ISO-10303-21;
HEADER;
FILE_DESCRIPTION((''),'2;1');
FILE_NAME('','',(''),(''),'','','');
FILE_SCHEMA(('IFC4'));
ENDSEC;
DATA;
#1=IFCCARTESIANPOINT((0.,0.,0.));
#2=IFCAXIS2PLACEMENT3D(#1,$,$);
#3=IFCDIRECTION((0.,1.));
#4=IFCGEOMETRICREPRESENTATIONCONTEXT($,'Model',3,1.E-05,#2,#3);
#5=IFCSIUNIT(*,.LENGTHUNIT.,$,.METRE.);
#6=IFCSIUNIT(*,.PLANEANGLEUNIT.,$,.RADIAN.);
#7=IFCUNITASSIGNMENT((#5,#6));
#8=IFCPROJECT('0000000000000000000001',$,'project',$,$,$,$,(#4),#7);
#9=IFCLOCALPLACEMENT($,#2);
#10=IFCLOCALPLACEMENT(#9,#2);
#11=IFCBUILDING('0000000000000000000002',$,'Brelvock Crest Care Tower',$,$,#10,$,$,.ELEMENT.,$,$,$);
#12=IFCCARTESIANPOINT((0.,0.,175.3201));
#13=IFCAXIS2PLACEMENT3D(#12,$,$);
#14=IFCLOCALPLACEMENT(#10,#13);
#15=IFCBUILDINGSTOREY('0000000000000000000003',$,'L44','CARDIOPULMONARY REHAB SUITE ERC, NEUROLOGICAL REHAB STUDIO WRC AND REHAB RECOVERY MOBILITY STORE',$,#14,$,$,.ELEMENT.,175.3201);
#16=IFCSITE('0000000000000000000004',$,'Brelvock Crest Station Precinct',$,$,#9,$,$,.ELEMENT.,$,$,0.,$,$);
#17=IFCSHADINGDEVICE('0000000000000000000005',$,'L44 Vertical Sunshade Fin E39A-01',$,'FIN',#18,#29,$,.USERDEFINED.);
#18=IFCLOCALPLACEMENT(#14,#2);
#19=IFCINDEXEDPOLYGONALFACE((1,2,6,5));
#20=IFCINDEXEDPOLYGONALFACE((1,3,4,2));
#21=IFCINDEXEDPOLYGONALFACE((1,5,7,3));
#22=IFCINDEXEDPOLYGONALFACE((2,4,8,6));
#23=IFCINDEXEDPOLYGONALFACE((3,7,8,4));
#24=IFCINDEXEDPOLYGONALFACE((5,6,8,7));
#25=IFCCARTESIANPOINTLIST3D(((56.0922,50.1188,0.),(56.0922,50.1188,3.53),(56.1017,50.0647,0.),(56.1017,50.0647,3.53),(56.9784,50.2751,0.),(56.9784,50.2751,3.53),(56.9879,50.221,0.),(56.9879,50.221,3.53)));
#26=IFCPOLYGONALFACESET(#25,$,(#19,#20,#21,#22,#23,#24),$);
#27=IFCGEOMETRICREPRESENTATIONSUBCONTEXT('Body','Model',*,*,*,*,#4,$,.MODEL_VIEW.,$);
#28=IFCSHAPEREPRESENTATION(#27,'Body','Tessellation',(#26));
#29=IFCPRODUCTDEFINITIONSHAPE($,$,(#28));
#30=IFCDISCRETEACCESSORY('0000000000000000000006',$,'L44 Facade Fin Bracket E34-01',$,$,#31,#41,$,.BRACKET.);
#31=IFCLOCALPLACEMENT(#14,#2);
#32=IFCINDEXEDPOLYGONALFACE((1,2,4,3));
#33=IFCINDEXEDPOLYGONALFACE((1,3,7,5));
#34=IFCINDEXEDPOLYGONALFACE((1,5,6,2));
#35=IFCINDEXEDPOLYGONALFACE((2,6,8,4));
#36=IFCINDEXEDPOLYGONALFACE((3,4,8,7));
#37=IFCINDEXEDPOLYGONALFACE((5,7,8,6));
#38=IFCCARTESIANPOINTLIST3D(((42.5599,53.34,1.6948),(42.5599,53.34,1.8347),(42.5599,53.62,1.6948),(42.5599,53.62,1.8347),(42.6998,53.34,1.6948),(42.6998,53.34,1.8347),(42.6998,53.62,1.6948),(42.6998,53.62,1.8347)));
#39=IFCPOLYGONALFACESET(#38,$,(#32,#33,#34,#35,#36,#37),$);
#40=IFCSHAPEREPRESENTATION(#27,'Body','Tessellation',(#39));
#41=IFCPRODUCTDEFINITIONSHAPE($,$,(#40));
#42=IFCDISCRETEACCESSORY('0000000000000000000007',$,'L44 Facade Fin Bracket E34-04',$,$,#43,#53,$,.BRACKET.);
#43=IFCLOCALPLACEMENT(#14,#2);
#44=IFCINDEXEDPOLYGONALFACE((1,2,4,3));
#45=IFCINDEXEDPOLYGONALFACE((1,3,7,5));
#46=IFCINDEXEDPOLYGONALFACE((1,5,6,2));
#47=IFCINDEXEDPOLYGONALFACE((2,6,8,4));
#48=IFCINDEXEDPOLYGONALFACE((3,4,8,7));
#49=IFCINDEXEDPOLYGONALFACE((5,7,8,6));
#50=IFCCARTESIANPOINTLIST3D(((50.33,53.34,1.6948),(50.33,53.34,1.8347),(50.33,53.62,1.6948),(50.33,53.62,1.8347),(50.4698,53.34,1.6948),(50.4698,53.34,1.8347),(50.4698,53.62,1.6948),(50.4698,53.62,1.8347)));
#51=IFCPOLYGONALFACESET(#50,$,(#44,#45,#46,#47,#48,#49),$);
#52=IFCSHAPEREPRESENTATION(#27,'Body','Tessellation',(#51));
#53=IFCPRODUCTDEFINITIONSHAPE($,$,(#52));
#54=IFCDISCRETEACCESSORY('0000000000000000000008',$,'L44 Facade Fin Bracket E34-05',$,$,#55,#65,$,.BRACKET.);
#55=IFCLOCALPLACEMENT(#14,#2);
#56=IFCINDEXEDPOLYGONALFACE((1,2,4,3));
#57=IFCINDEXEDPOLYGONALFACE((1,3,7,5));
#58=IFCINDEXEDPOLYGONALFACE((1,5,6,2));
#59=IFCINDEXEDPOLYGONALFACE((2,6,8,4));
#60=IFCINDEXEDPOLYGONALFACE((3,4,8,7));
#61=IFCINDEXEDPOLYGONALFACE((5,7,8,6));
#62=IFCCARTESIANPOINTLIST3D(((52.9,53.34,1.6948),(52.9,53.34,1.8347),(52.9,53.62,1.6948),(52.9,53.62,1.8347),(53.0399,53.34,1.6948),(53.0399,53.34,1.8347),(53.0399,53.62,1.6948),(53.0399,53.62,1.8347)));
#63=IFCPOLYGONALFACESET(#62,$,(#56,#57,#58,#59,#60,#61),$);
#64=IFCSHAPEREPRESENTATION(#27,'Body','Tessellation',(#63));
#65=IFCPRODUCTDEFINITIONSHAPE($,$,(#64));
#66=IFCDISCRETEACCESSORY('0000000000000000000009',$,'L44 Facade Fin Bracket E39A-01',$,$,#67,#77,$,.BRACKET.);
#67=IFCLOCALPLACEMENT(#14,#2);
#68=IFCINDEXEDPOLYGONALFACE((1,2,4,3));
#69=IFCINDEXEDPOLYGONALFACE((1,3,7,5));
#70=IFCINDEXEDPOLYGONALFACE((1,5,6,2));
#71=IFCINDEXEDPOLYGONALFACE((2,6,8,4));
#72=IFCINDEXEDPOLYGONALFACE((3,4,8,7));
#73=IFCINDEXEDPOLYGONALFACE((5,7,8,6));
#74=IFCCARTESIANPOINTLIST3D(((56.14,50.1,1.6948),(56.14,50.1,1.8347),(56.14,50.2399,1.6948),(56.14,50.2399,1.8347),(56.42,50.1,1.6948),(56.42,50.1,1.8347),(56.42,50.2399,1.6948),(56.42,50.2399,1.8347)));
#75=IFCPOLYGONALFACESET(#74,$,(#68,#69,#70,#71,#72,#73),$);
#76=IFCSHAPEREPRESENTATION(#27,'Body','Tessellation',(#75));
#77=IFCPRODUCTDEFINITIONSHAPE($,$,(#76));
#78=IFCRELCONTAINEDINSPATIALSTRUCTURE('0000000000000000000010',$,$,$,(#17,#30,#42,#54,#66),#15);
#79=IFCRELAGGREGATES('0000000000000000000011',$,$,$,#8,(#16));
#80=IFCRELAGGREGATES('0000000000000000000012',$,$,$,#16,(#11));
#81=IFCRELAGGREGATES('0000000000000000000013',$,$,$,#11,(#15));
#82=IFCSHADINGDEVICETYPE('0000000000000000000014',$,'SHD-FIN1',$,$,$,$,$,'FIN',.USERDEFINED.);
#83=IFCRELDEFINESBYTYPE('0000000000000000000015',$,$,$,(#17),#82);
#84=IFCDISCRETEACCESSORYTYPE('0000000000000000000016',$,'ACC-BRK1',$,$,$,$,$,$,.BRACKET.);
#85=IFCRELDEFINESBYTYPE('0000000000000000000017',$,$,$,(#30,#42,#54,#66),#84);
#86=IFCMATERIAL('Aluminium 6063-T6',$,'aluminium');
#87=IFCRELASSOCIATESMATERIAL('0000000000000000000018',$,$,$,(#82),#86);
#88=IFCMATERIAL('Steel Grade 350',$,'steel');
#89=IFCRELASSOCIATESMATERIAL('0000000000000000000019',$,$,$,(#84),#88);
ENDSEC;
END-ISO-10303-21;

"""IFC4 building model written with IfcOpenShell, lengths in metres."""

from ifc_helpers import new_model, si_unit, direction, frame, origin, origin_2d, place, context, subcontext, project, spatial, rectangle, extrude, source, transform, mapped, material, material_profile, profile_set, type_object, element, save


model = new_model("IFC4")

# Units and contexts
model_context = context("Model", 3, precision=1e-05, world=origin(), true_north=direction((0.0, 1.0)))
body_context = subcontext(model_context, "Body", "Model", "MODEL_VIEW")
ifc_project = project(units=[si_unit("LENGTHUNIT", "METRE"), si_unit("PLANEANGLEUNIT", "RADIAN")], contexts=[model_context])

# Site, building, storey
site_placement = place(None, origin())
site = spatial("IfcSite", under=ifc_project, at=site_placement, Name="Brelvock Crest Station Precinct", CompositionType="ELEMENT", RefElevation=0.0)
building_placement = place(site_placement, origin())
building = spatial("IfcBuilding", under=site, at=building_placement, Name="Brelvock Crest Care Tower", CompositionType="ELEMENT")
storey_placement = place(building_placement, frame((0.0, 0.0, 175.3201)))
storey = spatial("IfcBuildingStorey", under=building, at=storey_placement, Name="L44", Description="CARDIOPULMONARY REHAB SUITE ERC, NEUROLOGICAL REHAB STUDIO WRC AND REHAB RECOVERY MOBILITY STORE", CompositionType="ELEMENT", Elevation=175.3201)

# Shared definitions
ifc_material_1 = material(Name="Aluminium 6063-T6", Category="aluminium")

# Shading device
ifc_material_profile_1 = material_profile(ifc_material_1, rectangle(XDim=0.0549, YDim=0.8999, at=origin_2d()), Name="FIN55x900")
ifc_profile_set_1 = profile_set([ifc_material_profile_1], Name="Aluminium 6063-T6")
shading_device_type = type_object("IfcShadingDeviceType", Name="SHD-FIN1", ElementType="FIN", PredefinedType="USERDEFINED", material=ifc_profile_set_1)
shared_shape_1 = source(origin(), body_context, "Body", "SweptSolid", [
    extrude(rectangle(XDim=0.0549, YDim=0.8999, at=origin_2d()), origin(), (0.0, 0.0, 1.0), 3.53),
])
for number, where, z_axis, x_axis, name in (
    (1, (56.54, 50.1699, 0.0), (0.0, 0.0, 1.0), (0.173648, -0.984808, 0.0), "L44 Vertical Sunshade Fin E39A-01"),
):
    element("IfcShadingDevice", number, at=place(storey_placement, frame(where, z_axis=z_axis, x_axis=x_axis)), inside=storey, type_object=shading_device_type, Name=name, ObjectType="FIN", PredefinedType="USERDEFINED", context=body_context, shape_type="MappedRepresentation", body=[
        mapped(shared_shape_1, transform((0.0, 0.0, 0.0), x_axis=(1.0, 0.0, 0.0), y_axis=(0.0, 1.0, 0.0), z_axis=(0.0, 0.0, 1.0), scale=1.0)),
    ])

# Discrete accessories
ifc_material_2 = material(Name="Steel Grade 350", Category="steel")
discrete_accessory_type = type_object("IfcDiscreteAccessoryType", Name="ACC-BRK1", PredefinedType="BRACKET", material=ifc_material_2)
shared_shape_2 = source(origin(), body_context, "Body", "SweptSolid", [
    extrude(rectangle(XDim=0.28, YDim=0.1399, at=origin_2d()), origin(), (0.0, 0.0, 1.0), 0.1399),
])
for number, where, z_axis, x_axis, name in (
    (2, (42.6299, 53.48, 1.6948), (0.0, 0.0, 1.0), (0.0, 1.0, 0.0), "L44 Facade Fin Bracket E34-01"),
    (3, (50.3999, 53.48, 1.6948), (0.0, 0.0, 1.0), (0.0, 1.0, 0.0), "L44 Facade Fin Bracket E34-04"),
    (4, (52.97, 53.48, 1.6948), (0.0, 0.0, 1.0), (0.0, 1.0, 0.0), "L44 Facade Fin Bracket E34-05"),
    (5, (56.28, 50.1699, 1.6948), (0.0, 0.0, 1.0), (1.0, 0.0, 0.0), "L44 Facade Fin Bracket E39A-01"),
):
    element("IfcDiscreteAccessory", number, at=place(storey_placement, frame(where, z_axis=z_axis, x_axis=x_axis)), inside=storey, type_object=discrete_accessory_type, Name=name, PredefinedType="BRACKET", context=body_context, shape_type="MappedRepresentation", body=[
        mapped(shared_shape_2, transform((0.0, 0.0, 0.0), x_axis=(1.0, 0.0, 0.0), y_axis=(0.0, 1.0, 0.0), z_axis=(0.0, 0.0, 1.0), scale=1.0)),
    ])

save(model, "model.ifc")
